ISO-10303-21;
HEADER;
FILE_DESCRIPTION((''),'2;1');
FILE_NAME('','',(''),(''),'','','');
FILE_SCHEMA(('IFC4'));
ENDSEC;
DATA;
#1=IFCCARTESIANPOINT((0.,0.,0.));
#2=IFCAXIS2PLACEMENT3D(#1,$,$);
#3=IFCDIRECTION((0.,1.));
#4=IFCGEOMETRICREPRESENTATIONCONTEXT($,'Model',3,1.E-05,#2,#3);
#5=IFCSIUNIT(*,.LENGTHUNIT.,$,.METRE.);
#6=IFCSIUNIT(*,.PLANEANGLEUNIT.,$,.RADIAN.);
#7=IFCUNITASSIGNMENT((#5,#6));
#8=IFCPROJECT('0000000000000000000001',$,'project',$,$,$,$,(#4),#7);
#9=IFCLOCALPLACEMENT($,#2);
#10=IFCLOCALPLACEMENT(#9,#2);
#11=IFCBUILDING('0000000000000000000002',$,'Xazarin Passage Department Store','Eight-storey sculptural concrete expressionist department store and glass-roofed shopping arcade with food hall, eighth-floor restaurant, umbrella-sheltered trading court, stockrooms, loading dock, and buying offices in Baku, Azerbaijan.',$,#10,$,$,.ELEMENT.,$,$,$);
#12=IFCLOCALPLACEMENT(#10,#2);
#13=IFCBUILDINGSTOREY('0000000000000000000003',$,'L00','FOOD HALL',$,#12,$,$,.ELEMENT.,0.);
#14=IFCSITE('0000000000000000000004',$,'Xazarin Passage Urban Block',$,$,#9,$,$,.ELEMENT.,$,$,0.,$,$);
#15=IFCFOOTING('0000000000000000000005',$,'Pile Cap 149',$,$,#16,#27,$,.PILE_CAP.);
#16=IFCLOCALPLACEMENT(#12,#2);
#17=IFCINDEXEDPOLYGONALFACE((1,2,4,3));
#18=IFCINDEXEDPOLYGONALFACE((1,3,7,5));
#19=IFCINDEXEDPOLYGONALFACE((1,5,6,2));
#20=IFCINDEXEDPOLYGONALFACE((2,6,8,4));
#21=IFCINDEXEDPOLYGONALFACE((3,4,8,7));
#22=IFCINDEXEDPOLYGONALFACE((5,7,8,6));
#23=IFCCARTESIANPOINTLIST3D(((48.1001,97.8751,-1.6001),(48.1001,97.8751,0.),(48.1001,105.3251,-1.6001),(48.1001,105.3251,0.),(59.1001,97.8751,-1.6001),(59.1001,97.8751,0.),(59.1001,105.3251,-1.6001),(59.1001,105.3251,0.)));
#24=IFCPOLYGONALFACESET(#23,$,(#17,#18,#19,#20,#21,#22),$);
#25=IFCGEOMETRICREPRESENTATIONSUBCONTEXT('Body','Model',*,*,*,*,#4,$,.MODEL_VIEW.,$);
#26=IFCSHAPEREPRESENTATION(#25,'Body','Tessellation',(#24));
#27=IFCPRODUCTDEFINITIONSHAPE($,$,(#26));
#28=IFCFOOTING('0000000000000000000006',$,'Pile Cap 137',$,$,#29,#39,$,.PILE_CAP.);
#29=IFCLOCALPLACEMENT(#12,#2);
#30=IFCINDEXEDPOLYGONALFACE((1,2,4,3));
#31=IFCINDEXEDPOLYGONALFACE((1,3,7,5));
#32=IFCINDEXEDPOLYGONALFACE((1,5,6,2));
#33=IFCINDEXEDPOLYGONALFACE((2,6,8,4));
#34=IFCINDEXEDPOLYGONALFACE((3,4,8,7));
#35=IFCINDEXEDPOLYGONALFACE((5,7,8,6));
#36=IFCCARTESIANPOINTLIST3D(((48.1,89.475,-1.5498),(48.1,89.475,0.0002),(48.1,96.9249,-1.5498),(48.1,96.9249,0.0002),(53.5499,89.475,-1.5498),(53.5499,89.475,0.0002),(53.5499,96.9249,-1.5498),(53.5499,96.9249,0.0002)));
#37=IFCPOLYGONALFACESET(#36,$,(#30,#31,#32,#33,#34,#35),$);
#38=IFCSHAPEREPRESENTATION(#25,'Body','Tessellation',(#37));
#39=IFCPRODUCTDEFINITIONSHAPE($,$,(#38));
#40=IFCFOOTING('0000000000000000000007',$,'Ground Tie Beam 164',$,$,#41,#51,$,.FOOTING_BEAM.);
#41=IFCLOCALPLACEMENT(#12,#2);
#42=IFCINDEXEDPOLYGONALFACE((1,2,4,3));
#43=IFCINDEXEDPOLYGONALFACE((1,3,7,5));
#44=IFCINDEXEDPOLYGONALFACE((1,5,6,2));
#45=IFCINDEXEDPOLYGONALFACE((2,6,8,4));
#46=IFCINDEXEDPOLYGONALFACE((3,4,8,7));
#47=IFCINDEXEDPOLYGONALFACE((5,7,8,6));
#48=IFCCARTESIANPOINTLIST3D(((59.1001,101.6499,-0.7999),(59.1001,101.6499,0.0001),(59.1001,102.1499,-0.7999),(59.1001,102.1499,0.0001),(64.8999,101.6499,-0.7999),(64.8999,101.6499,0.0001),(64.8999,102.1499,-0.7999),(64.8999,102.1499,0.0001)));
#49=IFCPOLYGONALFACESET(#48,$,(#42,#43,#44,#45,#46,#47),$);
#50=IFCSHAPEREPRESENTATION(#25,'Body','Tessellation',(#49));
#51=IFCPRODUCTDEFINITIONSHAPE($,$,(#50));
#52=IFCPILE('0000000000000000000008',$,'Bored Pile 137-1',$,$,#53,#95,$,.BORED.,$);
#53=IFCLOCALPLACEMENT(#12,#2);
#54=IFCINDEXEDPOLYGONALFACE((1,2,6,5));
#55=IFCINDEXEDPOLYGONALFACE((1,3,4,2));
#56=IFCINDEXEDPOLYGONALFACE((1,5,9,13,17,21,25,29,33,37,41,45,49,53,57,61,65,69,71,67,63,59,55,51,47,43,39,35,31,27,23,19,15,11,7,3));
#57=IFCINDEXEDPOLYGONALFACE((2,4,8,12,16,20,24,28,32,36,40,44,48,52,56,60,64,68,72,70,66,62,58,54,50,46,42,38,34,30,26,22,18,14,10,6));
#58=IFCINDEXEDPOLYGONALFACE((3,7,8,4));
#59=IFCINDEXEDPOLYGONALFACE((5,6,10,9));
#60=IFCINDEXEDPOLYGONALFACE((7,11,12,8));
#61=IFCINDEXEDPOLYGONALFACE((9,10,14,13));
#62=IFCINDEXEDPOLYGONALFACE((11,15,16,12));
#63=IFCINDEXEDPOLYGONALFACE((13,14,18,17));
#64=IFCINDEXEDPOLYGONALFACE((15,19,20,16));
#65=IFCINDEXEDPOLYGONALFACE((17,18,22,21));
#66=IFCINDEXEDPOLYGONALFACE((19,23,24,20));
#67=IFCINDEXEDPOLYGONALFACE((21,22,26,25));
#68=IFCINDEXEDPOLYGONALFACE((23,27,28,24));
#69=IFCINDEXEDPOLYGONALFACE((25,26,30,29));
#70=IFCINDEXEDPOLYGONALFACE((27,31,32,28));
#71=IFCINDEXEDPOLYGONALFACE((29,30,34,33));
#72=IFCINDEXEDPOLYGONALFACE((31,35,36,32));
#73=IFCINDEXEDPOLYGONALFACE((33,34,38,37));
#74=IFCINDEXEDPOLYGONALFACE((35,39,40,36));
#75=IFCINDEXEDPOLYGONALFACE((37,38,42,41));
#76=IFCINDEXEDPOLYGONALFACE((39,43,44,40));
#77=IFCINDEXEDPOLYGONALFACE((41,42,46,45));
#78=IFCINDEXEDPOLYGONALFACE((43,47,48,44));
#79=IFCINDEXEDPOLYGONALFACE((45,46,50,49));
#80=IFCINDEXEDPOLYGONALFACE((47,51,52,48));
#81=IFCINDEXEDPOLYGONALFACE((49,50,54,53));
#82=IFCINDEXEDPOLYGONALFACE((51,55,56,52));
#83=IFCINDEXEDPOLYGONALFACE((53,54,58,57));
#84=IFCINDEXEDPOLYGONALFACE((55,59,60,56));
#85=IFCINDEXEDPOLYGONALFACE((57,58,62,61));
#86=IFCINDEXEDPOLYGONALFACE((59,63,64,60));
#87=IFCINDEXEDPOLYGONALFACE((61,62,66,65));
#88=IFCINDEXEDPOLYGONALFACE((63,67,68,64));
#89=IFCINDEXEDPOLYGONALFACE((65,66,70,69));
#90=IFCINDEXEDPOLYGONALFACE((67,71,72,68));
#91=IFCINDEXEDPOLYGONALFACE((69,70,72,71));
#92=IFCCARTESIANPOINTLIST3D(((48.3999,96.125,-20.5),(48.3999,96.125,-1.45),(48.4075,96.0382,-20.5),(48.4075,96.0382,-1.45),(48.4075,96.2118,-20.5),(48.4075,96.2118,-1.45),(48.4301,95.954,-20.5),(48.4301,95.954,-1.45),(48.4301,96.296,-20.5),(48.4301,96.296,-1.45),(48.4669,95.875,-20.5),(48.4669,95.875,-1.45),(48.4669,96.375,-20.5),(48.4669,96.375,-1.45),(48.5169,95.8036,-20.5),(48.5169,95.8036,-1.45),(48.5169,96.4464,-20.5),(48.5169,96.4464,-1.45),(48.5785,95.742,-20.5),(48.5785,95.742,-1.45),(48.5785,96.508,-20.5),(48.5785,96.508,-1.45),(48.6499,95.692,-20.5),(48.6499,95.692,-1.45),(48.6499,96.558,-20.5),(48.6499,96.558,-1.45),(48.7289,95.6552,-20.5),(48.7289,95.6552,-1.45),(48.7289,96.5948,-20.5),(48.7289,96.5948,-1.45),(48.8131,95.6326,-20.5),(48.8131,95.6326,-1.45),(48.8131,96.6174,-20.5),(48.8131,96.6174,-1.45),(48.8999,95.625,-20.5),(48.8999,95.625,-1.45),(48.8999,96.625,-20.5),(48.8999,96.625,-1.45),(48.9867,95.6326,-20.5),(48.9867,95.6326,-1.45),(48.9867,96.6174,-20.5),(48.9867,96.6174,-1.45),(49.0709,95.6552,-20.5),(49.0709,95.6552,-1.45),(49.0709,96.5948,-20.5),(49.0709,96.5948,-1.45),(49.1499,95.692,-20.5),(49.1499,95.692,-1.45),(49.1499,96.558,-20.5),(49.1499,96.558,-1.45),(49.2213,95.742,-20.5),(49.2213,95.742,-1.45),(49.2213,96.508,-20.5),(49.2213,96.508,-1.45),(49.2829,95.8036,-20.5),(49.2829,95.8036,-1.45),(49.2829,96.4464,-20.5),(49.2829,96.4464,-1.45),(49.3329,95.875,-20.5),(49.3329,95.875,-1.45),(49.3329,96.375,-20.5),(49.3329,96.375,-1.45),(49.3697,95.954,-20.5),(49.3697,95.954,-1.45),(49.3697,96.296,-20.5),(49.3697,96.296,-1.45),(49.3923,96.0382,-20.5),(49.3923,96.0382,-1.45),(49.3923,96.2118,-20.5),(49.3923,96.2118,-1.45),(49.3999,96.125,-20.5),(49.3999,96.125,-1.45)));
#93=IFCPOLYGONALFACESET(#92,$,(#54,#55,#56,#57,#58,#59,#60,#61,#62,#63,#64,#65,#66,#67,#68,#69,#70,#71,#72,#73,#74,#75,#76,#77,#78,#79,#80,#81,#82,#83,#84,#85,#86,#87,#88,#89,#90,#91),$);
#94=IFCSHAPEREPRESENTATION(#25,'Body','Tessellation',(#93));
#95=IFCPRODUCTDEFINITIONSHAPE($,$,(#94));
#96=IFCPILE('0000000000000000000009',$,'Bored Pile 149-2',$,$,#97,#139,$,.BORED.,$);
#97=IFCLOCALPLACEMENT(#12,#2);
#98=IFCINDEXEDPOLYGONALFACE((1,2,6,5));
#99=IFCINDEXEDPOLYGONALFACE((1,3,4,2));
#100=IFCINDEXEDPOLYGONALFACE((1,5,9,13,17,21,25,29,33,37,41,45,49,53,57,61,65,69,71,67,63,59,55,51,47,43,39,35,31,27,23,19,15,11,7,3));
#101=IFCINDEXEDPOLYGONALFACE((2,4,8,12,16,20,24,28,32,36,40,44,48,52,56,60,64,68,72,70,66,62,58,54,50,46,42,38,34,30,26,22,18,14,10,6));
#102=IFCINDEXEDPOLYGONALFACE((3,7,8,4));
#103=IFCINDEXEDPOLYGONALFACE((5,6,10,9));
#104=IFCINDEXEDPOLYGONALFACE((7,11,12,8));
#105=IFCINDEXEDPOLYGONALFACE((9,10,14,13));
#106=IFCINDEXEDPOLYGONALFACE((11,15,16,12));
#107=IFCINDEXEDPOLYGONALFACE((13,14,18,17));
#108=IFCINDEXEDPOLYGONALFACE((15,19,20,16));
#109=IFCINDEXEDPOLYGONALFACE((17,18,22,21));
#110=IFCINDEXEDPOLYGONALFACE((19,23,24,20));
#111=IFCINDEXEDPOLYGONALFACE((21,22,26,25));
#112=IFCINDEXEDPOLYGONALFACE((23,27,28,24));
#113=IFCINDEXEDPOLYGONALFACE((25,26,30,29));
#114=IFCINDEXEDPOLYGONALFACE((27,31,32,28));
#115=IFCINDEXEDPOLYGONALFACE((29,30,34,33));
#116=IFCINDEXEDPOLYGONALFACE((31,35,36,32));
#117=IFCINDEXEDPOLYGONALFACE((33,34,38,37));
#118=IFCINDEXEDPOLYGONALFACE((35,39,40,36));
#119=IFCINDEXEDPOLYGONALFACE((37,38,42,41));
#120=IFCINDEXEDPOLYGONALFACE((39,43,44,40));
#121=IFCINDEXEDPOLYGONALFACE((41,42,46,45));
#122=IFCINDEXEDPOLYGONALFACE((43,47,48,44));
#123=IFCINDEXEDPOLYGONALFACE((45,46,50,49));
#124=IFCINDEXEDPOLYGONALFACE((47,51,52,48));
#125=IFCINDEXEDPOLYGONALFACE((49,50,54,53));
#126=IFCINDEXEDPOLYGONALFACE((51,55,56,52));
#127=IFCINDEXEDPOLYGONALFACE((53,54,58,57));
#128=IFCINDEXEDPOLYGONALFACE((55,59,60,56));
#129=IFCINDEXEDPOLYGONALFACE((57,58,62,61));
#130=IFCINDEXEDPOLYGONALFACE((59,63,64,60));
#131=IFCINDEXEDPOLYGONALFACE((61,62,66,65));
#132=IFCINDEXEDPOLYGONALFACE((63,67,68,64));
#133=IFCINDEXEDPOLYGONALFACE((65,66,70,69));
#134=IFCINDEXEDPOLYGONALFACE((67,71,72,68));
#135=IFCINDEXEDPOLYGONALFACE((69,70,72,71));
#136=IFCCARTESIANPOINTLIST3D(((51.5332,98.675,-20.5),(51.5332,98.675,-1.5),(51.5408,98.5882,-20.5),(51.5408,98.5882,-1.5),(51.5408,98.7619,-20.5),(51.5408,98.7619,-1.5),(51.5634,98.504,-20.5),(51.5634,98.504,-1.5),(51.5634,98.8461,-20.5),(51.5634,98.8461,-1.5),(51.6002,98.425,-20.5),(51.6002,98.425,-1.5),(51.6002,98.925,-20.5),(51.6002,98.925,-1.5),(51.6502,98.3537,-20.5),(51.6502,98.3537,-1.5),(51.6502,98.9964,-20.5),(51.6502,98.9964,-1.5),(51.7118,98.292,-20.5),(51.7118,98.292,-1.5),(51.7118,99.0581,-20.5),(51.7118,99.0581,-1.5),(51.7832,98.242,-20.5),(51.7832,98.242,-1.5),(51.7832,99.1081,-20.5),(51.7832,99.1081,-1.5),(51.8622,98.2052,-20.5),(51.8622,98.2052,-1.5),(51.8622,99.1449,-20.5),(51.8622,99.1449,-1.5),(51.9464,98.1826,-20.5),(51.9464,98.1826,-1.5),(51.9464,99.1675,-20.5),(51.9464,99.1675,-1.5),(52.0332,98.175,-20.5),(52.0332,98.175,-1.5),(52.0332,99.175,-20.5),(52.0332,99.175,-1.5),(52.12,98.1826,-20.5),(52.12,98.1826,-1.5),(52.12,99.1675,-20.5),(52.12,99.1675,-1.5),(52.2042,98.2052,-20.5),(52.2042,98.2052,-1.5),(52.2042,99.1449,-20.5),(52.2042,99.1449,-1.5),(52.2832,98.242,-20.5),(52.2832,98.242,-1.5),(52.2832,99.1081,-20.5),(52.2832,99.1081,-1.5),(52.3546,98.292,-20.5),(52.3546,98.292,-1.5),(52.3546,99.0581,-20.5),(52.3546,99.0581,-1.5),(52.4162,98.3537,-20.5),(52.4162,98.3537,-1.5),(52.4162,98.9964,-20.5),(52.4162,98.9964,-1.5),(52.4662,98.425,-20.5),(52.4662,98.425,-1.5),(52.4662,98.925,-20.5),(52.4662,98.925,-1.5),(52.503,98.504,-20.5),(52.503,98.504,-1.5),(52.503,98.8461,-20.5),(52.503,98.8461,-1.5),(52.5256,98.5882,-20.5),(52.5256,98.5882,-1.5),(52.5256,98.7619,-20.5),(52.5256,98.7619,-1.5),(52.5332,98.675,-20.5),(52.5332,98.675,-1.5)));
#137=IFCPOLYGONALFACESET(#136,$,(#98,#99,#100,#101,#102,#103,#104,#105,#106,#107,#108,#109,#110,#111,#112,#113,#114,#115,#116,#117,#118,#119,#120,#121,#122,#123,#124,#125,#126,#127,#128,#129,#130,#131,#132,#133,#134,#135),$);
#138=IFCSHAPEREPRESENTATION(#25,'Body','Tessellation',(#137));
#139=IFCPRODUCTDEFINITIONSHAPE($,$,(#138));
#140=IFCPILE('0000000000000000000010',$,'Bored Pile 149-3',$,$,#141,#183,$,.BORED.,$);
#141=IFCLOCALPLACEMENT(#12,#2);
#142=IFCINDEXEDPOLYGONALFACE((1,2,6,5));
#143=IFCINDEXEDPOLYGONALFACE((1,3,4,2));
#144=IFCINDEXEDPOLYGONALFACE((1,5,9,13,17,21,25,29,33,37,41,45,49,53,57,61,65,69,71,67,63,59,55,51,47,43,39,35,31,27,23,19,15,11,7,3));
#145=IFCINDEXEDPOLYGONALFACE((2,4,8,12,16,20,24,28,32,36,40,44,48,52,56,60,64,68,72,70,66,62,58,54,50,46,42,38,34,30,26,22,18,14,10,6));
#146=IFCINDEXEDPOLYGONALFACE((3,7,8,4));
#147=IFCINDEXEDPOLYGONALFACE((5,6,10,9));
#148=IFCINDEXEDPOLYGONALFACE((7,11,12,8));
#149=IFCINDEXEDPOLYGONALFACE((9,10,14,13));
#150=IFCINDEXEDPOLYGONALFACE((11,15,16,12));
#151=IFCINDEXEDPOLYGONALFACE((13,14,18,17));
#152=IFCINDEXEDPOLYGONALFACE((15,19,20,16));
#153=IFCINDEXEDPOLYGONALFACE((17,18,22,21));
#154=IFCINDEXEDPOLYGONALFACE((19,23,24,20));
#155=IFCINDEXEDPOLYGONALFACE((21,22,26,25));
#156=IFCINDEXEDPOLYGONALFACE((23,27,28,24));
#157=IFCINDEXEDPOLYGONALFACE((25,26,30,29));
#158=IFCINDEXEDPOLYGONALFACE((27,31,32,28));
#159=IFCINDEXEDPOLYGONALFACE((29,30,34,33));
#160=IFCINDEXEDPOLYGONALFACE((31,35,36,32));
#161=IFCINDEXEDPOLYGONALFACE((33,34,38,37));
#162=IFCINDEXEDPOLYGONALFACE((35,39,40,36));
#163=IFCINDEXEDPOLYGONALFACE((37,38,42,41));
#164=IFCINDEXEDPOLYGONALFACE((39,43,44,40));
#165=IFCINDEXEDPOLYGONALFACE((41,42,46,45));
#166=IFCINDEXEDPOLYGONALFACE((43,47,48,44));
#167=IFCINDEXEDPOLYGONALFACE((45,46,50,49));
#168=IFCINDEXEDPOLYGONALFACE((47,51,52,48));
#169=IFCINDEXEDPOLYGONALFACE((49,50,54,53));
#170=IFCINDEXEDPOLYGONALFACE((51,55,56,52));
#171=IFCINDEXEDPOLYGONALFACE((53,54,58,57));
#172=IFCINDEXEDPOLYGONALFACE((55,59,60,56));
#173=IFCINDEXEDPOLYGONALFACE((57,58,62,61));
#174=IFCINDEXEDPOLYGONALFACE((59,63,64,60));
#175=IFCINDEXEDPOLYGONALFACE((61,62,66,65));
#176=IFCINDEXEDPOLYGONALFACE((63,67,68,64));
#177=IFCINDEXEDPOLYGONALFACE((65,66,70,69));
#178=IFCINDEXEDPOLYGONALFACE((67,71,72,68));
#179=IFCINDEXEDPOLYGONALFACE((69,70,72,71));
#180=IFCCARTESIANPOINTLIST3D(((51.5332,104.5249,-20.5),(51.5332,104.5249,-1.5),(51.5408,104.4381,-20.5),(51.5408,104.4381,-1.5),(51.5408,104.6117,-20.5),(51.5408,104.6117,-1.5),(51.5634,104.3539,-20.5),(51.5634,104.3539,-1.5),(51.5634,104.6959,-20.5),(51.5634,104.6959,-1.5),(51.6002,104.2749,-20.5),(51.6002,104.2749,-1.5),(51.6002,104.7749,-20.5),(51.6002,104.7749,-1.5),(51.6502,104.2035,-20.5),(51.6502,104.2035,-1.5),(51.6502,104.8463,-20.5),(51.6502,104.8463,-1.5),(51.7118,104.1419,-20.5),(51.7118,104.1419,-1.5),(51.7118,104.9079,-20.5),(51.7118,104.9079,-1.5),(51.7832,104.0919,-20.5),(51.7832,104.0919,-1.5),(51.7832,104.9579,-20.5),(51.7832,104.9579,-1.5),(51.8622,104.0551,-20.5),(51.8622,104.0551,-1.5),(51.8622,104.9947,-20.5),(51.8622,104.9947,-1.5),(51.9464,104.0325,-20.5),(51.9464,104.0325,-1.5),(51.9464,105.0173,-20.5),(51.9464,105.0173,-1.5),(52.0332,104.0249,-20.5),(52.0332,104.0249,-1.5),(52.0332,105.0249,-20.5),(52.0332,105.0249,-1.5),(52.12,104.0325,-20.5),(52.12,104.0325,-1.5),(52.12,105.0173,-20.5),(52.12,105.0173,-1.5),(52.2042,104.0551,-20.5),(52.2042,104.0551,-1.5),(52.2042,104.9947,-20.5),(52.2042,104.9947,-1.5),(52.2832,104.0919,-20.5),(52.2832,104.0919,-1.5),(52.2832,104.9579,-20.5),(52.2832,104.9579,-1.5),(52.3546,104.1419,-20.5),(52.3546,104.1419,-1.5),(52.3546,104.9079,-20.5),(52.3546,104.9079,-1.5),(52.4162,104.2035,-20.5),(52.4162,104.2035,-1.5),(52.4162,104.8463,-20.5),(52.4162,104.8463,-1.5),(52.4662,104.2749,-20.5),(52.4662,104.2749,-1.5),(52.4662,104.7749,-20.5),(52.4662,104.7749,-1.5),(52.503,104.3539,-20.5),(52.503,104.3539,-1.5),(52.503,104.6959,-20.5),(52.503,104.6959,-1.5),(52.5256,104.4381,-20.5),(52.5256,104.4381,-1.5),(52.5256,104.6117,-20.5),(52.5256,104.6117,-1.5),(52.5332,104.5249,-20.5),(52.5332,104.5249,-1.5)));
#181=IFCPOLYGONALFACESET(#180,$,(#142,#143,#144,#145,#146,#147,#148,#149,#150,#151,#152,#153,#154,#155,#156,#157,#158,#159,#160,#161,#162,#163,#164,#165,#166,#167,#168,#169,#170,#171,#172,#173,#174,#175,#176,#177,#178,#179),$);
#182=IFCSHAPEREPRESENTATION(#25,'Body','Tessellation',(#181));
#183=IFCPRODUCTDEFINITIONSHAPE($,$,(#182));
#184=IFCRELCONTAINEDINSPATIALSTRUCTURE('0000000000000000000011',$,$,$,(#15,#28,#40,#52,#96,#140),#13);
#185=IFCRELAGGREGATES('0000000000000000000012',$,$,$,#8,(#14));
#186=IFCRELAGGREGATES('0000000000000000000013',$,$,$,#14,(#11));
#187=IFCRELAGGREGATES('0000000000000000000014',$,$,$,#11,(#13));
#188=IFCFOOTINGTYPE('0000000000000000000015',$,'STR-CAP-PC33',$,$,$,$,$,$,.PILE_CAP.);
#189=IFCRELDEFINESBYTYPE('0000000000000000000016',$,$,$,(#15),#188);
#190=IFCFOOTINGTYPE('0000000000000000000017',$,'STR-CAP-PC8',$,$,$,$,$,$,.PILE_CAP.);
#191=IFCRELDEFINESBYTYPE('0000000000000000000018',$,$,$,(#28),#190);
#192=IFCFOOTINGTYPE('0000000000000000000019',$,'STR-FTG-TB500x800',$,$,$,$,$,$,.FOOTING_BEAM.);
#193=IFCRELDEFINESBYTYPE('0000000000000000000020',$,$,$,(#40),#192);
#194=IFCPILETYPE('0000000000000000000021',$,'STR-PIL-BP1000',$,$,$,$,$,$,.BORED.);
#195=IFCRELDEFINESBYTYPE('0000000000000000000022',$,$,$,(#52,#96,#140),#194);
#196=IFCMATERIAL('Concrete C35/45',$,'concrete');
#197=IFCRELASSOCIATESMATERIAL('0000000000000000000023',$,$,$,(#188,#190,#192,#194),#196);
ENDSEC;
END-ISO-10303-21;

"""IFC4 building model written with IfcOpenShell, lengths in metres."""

from ifc_helpers import new_model, si_unit, direction, frame, origin, origin_2d, place, context, subcontext, project, spatial, rectangle, circle, extrude, material, material_profile, profile_set, type_object, element, save


model = new_model("IFC4")

# Units and contexts
model_context = context("Model", 3, precision=1e-05, world=origin(), true_north=direction((0.0, 1.0)))
body_context = subcontext(model_context, "Body", "Model", "MODEL_VIEW")
ifc_project = project(units=[si_unit("LENGTHUNIT", "METRE"), si_unit("PLANEANGLEUNIT", "RADIAN")], contexts=[model_context])

# Site, building, storey
site_placement = place(None, origin())
site = spatial("IfcSite", under=ifc_project, at=site_placement, Name="Xazarin Passage Urban Block", CompositionType="ELEMENT", RefElevation=0.0)
building_placement = place(site_placement, origin())
building = spatial("IfcBuilding", under=site, at=building_placement, Name="Xazarin Passage Department Store", Description="Eight-storey sculptural concrete expressionist department store and glass-roofed shopping arcade with food hall, eighth-floor restaurant, umbrella-sheltered trading court, stockrooms, loading dock, and buying offices in Baku, Azerbaijan.", CompositionType="ELEMENT")
storey_placement = place(building_placement, origin())
storey = spatial("IfcBuildingStorey", under=building, at=storey_placement, Name="L00", Description="FOOD HALL", CompositionType="ELEMENT", Elevation=0.0)

# Footings
ifc_material_1 = material(Name="Concrete C35/45", Category="concrete")
footing_type_1 = type_object("IfcFootingType", Name="STR-CAP-PC33", PredefinedType="PILE_CAP", material=ifc_material_1)
footing_1_placement = place(storey_placement, frame((53.6001, 101.6001, -1.6001), z_axis=(0.0, 0.0, 1.0), x_axis=(1.0, 0.0, 0.0)))
element("IfcFooting", 1, at=footing_1_placement, inside=storey, type_object=footing_type_1, Name="Pile Cap 149", PredefinedType="PILE_CAP", context=body_context, shape_type="SweptSolid", body=[
    extrude(rectangle(XDim=11.0, YDim=7.45, at=origin_2d()), origin(), (0.0, 0.0, 1.0), 1.6001),
])
footing_type_2 = type_object("IfcFootingType", Name="STR-CAP-PC8", PredefinedType="PILE_CAP", material=ifc_material_1)
footing_2_placement = place(storey_placement, frame((50.825, 93.2, -1.5498), z_axis=(0.0, 0.0, 1.0), x_axis=(0.0, 1.0, 0.0)))
element("IfcFooting", 2, at=footing_2_placement, inside=storey, type_object=footing_type_2, Name="Pile Cap 137", PredefinedType="PILE_CAP", context=body_context, shape_type="SweptSolid", body=[
    extrude(rectangle(XDim=7.45, YDim=5.45, at=origin_2d()), origin(), (0.0, 0.0, 1.0), 1.55),
])
ifc_material_profile_1 = material_profile(ifc_material_1, rectangle(XDim=0.5, YDim=0.8, at=origin_2d()), Name="RC 500x800")
ifc_profile_set_1 = profile_set([ifc_material_profile_1], Name="Concrete C35/45")
footing_type_3 = type_object("IfcFootingType", Name="STR-FTG-TB500x800", PredefinedType="FOOTING_BEAM", material=ifc_profile_set_1)
footing_3_placement = place(storey_placement, frame((59.1001, 101.8999, -0.3999), z_axis=(1.0, 0.0, 0.0), x_axis=(0.0, 1.0, 0.0)))
element("IfcFooting", 3, at=footing_3_placement, inside=storey, type_object=footing_type_3, Name="Ground Tie Beam 164", PredefinedType="FOOTING_BEAM", context=body_context, shape_type="SweptSolid", body=[
    extrude(rectangle(XDim=0.5, YDim=0.8, at=origin_2d()), origin(), (0.0, 0.0, 1.0), 5.7998),
])

# Piles
ifc_material_profile_2 = material_profile(ifc_material_1, circle(Radius=0.5, at=origin_2d()), Name="BP 1000")
ifc_profile_set_2 = profile_set([ifc_material_profile_2], Name="Concrete C35/45")
pile_type_1 = type_object("IfcPileType", Name="STR-PIL-BP1000", PredefinedType="BORED", material=ifc_profile_set_2)
pile_1_placement = place(storey_placement, frame((48.8999, 96.125, -1.45), z_axis=(0.0, 0.0, -1.0), x_axis=(1.0, 0.0, 0.0)))
element("IfcPile", 4, at=pile_1_placement, inside=storey, type_object=pile_type_1, Name="Bored Pile 137-1", PredefinedType="BORED", context=body_context, shape_type="SweptSolid", body=[
    extrude(circle(Radius=0.5, at=origin_2d()), origin(), (0.0, 0.0, 1.0), 19.05),
])
for number, where, z_axis, x_axis, name in (
    (5, (52.0332, 98.675, -1.5), (0.0, 0.0, -1.0), (1.0, 0.0, 0.0), "Bored Pile 149-2"),
    (6, (52.0332, 104.5249, -1.5), (0.0, 0.0, -1.0), (1.0, 0.0, 0.0), "Bored Pile 149-3"),
):
    element("IfcPile", number, at=place(storey_placement, frame(where, z_axis=z_axis, x_axis=x_axis)), inside=storey, type_object=pile_type_1, Name=name, PredefinedType="BORED", context=body_context, shape_type="SweptSolid", body=[
        extrude(circle(Radius=0.5, at=origin_2d()), origin(), (0.0, 0.0, 1.0), 19.0),
    ])

save(model, "model.ifc")
